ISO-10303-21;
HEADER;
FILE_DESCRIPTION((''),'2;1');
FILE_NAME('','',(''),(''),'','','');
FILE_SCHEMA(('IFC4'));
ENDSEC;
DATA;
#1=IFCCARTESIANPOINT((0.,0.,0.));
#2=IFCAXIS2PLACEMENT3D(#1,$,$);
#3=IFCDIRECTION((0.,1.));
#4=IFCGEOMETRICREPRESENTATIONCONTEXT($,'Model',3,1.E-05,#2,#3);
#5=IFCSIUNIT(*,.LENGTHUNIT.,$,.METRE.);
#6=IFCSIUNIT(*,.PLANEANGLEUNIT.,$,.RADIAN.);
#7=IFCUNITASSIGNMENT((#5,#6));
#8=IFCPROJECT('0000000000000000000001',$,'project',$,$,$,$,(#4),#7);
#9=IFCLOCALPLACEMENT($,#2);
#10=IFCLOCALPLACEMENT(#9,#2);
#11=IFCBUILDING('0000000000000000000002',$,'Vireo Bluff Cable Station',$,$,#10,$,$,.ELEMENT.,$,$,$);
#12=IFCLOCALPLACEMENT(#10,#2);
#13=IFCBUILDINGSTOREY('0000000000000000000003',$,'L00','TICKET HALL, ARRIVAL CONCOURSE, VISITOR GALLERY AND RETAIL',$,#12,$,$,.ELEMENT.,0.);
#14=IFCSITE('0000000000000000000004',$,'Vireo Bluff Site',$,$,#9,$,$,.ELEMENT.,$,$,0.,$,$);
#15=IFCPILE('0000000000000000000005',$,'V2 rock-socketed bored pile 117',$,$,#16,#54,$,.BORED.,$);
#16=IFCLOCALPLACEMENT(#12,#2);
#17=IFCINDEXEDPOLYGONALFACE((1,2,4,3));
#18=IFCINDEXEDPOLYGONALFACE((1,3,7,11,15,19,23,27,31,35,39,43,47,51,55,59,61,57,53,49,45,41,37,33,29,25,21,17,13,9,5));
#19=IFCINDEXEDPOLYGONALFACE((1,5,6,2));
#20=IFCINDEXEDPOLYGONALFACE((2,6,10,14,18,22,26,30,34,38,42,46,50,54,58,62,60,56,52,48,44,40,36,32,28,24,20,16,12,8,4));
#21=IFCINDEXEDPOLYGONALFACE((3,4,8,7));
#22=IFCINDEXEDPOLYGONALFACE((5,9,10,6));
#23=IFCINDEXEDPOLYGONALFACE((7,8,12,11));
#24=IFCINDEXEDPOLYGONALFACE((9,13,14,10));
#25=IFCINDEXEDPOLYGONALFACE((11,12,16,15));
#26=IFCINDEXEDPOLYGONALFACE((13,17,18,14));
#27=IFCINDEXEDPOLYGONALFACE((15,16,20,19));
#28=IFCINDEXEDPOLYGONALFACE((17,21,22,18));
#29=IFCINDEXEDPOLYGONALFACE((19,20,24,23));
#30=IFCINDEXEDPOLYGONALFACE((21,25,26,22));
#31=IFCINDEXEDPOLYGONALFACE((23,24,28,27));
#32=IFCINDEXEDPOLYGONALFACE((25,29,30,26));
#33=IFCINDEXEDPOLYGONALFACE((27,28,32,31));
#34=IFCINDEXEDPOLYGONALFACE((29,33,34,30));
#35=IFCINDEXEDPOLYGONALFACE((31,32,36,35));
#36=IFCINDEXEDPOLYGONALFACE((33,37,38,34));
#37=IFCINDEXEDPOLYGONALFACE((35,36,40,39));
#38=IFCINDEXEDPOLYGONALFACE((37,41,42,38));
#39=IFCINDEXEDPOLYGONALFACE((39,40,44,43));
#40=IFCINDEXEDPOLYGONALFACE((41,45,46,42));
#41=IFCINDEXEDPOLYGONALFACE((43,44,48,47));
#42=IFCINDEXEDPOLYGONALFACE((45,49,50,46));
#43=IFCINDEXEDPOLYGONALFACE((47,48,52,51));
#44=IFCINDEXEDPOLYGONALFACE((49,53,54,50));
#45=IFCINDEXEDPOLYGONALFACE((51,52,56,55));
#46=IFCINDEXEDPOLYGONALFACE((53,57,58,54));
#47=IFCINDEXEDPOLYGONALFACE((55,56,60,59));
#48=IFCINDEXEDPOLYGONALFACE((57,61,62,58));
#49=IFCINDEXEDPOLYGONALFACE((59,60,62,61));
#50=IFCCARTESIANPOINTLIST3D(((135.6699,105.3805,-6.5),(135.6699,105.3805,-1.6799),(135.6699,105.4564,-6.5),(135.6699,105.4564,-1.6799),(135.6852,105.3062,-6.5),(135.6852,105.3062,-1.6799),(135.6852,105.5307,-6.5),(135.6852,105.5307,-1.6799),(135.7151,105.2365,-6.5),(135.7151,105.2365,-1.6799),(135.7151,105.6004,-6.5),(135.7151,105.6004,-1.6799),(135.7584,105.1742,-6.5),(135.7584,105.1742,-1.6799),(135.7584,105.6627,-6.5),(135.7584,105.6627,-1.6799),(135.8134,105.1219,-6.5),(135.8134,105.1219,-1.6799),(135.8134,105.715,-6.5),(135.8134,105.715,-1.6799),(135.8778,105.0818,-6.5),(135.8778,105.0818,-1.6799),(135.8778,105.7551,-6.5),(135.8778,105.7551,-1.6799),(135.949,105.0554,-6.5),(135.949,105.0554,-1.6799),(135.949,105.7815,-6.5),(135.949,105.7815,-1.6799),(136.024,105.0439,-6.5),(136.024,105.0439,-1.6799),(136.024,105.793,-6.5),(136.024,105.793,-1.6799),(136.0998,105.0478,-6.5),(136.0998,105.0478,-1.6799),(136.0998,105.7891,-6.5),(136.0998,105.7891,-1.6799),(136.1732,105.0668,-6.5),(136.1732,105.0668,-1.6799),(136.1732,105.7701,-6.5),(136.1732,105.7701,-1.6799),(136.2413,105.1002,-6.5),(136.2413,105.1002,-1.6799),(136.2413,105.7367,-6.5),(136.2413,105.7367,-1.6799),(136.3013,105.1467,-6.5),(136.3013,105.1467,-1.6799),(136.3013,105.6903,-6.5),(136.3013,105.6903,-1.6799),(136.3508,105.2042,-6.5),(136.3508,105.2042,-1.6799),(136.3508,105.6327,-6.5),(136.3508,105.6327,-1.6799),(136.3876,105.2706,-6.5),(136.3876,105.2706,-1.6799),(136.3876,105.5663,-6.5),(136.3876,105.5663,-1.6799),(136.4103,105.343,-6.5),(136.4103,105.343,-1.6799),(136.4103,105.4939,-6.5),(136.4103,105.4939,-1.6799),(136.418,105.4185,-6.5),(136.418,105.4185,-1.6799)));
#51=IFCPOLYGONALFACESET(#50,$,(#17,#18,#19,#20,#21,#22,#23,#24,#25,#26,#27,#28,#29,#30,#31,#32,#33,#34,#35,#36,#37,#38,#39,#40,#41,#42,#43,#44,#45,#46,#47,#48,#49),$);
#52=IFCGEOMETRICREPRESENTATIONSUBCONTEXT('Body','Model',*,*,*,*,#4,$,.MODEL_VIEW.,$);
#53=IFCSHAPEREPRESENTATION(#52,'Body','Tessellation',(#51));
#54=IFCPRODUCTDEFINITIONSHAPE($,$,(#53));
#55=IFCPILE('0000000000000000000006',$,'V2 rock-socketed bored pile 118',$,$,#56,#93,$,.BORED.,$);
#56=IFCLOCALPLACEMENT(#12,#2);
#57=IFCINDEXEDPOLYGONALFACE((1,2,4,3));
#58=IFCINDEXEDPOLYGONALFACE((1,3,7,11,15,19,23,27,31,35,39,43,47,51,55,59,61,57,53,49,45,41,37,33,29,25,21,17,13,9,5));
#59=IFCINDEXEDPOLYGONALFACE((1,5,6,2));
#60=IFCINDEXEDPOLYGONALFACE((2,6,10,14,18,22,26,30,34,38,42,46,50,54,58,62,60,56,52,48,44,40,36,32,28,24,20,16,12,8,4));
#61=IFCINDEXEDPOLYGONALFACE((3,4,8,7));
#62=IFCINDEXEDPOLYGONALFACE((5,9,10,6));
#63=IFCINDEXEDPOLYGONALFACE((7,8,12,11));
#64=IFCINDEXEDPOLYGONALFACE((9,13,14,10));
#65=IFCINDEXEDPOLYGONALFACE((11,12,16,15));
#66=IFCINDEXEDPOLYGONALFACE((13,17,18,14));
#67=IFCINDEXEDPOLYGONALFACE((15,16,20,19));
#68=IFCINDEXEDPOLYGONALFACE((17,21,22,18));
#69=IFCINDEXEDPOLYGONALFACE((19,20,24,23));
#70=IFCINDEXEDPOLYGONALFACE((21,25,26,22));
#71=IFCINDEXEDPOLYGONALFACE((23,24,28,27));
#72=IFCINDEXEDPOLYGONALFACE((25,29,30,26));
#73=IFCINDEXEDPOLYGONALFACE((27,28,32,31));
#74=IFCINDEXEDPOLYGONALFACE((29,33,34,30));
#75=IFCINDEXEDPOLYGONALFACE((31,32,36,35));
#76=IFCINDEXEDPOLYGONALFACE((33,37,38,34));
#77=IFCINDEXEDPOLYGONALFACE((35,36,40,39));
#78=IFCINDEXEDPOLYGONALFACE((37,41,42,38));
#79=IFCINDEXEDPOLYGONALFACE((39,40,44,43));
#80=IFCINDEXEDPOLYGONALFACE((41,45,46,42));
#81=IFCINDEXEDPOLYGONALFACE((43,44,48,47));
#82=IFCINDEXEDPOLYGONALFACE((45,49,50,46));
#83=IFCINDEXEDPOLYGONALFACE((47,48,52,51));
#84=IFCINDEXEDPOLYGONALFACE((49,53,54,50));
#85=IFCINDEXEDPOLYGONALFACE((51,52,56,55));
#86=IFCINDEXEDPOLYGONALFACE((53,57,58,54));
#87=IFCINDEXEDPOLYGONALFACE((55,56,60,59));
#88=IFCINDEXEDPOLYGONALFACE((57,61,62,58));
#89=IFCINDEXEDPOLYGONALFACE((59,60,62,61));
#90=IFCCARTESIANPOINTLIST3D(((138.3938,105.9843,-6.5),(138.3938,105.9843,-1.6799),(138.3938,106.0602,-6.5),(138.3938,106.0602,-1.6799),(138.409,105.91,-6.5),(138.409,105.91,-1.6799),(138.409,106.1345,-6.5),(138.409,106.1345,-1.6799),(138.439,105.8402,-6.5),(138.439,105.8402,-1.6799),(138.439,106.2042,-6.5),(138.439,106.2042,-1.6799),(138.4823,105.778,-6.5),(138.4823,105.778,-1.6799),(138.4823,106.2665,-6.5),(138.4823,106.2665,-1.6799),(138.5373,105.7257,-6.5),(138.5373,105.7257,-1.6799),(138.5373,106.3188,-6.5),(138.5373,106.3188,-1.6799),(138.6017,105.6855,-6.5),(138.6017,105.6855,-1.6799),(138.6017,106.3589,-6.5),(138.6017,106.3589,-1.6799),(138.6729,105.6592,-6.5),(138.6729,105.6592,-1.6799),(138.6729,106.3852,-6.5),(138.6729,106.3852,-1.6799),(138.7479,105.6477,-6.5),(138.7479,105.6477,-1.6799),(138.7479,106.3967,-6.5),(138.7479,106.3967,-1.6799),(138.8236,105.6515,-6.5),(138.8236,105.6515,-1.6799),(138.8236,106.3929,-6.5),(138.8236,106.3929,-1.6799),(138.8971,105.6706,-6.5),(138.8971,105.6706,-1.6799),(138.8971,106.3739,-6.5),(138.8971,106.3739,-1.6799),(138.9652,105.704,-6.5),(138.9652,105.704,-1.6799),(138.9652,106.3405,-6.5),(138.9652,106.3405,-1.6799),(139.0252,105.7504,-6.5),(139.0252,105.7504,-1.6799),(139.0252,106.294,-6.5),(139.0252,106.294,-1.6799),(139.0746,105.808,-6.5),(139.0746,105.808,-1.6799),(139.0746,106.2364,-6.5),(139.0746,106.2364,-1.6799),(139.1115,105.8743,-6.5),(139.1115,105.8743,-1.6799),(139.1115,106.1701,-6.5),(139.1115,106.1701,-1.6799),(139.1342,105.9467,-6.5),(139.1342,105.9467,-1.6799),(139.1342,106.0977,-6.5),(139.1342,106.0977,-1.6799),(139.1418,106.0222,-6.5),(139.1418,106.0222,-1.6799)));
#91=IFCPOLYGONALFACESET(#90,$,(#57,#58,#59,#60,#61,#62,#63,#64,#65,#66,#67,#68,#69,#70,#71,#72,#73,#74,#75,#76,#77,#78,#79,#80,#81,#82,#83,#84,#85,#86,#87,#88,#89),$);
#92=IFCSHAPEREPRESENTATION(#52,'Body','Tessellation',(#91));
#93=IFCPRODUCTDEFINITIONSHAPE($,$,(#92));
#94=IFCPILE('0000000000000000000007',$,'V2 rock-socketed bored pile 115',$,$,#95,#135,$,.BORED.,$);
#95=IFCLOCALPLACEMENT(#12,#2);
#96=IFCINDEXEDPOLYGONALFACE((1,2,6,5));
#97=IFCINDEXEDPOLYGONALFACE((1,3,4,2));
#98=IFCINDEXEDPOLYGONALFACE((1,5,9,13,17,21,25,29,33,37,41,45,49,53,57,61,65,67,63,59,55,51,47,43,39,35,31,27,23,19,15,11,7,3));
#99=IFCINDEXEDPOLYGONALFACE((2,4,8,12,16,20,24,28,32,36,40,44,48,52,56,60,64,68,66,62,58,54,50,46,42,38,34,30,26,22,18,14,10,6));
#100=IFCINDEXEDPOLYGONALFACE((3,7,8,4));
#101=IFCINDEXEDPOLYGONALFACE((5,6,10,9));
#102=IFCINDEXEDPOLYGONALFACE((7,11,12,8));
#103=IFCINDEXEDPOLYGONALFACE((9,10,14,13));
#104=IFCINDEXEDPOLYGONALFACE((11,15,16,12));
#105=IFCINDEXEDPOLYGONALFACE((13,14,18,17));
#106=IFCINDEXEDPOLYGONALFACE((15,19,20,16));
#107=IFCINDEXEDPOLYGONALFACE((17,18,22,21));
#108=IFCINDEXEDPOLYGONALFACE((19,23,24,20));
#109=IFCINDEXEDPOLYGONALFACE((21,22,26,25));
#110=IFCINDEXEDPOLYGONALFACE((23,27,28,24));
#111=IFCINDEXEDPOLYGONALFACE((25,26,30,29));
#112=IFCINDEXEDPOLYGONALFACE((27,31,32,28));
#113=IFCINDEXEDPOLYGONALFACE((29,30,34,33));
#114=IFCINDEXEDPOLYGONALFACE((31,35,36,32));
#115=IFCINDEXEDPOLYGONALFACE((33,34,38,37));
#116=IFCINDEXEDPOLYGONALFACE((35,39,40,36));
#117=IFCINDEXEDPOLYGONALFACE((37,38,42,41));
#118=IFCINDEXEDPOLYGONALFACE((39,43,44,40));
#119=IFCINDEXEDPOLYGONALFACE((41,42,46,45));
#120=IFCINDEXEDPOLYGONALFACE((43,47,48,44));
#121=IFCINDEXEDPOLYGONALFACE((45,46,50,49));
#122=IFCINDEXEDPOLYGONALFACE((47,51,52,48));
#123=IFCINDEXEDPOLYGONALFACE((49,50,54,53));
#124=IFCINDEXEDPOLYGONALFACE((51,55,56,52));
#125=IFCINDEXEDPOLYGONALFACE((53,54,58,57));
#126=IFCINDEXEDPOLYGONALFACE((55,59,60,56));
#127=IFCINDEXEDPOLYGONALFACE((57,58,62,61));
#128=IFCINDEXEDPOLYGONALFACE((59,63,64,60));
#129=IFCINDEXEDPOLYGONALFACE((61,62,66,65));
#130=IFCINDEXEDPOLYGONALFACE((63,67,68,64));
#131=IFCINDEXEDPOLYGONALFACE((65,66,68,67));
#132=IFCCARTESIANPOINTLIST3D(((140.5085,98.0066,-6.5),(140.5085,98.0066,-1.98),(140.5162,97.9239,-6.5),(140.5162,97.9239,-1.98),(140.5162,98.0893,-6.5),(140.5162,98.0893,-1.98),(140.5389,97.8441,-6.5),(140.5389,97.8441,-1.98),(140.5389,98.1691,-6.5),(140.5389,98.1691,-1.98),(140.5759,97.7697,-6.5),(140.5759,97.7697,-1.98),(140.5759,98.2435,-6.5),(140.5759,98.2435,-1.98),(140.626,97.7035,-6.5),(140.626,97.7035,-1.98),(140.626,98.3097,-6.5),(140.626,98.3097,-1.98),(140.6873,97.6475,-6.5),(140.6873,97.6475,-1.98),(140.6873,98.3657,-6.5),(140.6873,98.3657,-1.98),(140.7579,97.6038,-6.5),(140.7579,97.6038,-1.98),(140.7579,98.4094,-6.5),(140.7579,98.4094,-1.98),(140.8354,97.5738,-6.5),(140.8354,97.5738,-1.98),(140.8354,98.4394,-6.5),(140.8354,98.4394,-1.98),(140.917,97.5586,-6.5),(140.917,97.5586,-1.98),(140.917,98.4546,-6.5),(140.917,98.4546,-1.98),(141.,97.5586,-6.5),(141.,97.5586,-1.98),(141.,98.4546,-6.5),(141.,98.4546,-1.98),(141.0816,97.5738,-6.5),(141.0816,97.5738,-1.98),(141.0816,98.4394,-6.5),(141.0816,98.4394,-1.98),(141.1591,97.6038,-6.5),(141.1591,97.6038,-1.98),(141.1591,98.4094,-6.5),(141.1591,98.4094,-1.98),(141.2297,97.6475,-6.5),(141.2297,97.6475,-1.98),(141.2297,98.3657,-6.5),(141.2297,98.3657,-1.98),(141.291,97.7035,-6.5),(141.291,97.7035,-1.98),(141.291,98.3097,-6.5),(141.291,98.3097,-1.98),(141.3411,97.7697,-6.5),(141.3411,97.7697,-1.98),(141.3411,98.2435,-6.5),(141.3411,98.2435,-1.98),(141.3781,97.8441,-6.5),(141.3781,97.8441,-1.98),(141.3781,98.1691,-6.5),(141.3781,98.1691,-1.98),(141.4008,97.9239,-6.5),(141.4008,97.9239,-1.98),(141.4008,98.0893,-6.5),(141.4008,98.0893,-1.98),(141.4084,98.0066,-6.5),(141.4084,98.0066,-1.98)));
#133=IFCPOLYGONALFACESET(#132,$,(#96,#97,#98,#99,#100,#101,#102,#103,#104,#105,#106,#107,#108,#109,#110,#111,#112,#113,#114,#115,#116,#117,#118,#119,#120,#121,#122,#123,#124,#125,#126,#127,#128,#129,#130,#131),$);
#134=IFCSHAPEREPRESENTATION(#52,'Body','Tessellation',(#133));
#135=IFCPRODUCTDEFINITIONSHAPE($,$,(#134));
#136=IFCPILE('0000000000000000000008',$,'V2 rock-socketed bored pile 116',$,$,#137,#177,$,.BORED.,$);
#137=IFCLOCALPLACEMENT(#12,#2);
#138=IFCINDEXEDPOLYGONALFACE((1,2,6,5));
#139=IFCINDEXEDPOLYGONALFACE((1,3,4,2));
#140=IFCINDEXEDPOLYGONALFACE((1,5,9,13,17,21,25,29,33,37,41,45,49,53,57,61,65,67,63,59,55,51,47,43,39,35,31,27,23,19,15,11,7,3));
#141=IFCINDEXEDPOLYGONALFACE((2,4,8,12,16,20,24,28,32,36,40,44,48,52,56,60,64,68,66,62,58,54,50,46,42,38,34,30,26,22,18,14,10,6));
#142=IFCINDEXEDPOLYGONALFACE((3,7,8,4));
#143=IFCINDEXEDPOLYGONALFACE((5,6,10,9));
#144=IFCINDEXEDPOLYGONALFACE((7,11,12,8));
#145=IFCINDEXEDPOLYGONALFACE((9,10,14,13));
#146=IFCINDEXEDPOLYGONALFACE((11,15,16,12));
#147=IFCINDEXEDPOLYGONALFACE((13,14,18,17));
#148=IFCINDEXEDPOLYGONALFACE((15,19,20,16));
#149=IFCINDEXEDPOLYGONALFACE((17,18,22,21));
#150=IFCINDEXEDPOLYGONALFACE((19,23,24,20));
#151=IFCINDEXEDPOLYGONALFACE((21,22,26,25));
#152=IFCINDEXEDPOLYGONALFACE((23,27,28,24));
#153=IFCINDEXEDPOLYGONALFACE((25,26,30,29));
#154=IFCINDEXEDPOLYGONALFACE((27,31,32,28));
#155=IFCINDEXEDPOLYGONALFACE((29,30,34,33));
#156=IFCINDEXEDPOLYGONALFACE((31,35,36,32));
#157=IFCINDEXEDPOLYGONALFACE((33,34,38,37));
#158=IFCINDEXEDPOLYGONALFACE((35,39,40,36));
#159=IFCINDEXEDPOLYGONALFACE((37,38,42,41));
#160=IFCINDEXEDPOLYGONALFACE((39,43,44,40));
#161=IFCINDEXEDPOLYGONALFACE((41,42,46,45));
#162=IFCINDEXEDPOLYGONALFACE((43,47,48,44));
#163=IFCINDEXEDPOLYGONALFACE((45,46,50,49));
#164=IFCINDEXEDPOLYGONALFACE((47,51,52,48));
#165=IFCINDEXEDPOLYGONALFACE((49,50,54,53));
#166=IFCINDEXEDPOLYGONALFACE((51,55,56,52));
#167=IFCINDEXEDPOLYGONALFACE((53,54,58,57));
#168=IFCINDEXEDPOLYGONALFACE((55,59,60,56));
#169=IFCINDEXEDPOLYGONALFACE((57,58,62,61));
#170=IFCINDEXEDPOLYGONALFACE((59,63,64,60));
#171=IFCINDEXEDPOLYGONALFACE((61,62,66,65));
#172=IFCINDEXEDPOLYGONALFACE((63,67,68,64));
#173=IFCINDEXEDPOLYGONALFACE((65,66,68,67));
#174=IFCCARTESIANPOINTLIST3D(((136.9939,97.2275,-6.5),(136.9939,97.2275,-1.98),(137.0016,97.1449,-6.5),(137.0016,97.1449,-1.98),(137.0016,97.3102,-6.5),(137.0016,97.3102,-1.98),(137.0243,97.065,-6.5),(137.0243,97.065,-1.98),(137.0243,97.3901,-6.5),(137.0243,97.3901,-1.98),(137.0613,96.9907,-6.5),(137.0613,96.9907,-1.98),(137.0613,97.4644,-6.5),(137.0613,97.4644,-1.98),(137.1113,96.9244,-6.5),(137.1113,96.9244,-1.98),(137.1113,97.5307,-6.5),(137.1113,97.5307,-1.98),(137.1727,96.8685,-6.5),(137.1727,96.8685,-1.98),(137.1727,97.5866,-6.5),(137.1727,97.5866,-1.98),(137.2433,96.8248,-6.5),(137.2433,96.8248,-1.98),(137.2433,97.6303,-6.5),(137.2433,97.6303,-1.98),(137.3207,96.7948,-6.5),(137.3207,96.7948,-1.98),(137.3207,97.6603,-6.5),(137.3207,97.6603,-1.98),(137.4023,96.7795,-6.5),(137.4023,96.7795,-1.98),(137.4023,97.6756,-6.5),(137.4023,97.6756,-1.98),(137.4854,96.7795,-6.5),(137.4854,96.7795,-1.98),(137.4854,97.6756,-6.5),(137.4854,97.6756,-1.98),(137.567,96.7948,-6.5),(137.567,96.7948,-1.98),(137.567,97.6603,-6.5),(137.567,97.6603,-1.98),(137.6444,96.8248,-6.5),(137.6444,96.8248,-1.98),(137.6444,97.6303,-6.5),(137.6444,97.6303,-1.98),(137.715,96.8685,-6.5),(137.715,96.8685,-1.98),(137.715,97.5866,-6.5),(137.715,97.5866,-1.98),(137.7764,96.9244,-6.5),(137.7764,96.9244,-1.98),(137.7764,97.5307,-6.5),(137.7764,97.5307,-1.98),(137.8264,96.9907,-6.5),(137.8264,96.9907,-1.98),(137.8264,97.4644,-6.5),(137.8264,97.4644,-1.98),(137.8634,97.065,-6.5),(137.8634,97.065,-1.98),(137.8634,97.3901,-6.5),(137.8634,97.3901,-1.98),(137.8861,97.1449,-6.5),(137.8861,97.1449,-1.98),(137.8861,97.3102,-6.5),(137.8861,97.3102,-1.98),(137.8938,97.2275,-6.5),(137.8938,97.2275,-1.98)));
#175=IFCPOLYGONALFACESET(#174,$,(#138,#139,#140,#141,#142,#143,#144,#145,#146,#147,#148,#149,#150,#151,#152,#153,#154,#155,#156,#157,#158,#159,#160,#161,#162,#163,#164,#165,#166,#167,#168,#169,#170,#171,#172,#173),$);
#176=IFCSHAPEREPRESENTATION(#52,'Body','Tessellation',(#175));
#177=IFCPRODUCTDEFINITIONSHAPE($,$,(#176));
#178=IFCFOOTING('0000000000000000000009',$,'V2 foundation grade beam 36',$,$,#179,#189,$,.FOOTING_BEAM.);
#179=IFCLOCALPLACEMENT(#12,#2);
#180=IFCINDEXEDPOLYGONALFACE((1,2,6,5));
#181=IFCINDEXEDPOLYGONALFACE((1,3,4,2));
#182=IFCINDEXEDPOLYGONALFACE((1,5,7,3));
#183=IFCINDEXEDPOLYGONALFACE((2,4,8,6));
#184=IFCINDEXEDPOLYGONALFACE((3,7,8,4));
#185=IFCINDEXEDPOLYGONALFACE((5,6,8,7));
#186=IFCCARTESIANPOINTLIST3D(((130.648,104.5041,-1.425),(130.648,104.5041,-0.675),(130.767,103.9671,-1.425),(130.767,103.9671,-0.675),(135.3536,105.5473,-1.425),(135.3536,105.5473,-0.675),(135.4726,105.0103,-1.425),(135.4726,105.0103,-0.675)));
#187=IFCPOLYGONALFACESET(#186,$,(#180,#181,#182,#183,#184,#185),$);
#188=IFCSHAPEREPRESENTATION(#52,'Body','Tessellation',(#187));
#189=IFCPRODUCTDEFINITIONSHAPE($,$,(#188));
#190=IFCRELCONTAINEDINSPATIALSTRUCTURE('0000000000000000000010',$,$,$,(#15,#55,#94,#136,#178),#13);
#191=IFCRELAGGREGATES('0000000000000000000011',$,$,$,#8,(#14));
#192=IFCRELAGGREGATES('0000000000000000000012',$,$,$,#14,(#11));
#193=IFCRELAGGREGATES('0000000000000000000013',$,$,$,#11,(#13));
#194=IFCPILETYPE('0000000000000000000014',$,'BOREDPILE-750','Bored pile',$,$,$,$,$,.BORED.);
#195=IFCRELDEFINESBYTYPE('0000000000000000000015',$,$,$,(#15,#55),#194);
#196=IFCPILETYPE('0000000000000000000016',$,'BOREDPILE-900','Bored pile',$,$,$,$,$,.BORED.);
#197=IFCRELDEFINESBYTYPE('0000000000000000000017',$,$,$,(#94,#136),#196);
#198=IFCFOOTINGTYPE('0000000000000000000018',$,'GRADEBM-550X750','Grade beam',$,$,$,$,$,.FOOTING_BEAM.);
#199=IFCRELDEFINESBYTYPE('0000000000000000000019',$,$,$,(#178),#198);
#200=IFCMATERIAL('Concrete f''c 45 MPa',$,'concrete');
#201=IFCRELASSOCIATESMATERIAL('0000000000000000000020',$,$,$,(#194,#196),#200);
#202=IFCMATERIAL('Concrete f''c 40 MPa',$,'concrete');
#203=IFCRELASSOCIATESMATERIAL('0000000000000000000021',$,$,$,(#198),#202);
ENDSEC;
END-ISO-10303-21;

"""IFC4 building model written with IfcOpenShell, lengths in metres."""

from ifc_helpers import new_model, si_unit, direction, frame, origin, origin_2d, place, context, subcontext, project, spatial, rectangle, circle, extrude, material, material_profile, profile_set, type_object, element, save


model = new_model("IFC4")

# Units and contexts
model_context = context("Model", 3, precision=1e-05, world=origin(), true_north=direction((0.0, 1.0)))
body_context = subcontext(model_context, "Body", "Model", "MODEL_VIEW")
ifc_project = project(units=[si_unit("LENGTHUNIT", "METRE"), si_unit("PLANEANGLEUNIT", "RADIAN")], contexts=[model_context])

# Site, building, storey
site_placement = place(None, origin())
site = spatial("IfcSite", under=ifc_project, at=site_placement, Name="Vireo Bluff Site", CompositionType="ELEMENT", RefElevation=0.0)
building_placement = place(site_placement, origin())
building = spatial("IfcBuilding", under=site, at=building_placement, Name="Vireo Bluff Cable Station", CompositionType="ELEMENT")
storey_placement = place(building_placement, origin())
storey = spatial("IfcBuildingStorey", under=building, at=storey_placement, Name="L00", Description="TICKET HALL, ARRIVAL CONCOURSE, VISITOR GALLERY AND RETAIL", CompositionType="ELEMENT", Elevation=0.0)

# Piles
ifc_material_1 = material(Name="Concrete f'c 45 MPa", Category="concrete")
ifc_material_profile_1 = material_profile(ifc_material_1, circle(Radius=0.375, at=origin_2d()), Name="BOREDPILE-750")
ifc_profile_set_1 = profile_set([ifc_material_profile_1], Name="Concrete f'c 45 MPa")
pile_type_1 = type_object("IfcPileType", Name="BOREDPILE-750", Description="Bored pile", PredefinedType="BORED", material=ifc_profile_set_1)
for number, where, z_axis, x_axis, name in (
    (1, (136.043, 105.4185, -1.6799), (0.0, 0.0, -1.0), (1.0, 0.0, 0.0), "V2 rock-socketed bored pile 117"),
    (2, (138.7668, 106.0222, -1.6799), (0.0, 0.0, -1.0), (1.0, 0.0, 0.0), "V2 rock-socketed bored pile 118"),
):
    element("IfcPile", number, at=place(storey_placement, frame(where, z_axis=z_axis, x_axis=x_axis)), inside=storey, type_object=pile_type_1, Name=name, PredefinedType="BORED", context=body_context, shape_type="SweptSolid", body=[
        extrude(circle(Radius=0.375, at=origin_2d()), origin(), (0.0, 0.0, 1.0), 4.8201),
    ])
ifc_material_profile_2 = material_profile(ifc_material_1, circle(Radius=0.45, at=origin_2d()), Name="BOREDPILE-900")
ifc_profile_set_2 = profile_set([ifc_material_profile_2], Name="Concrete f'c 45 MPa")
pile_type_2 = type_object("IfcPileType", Name="BOREDPILE-900", Description="Bored pile", PredefinedType="BORED", material=ifc_profile_set_2)
for number, where, z_axis, x_axis, name in (
    (3, (140.9585, 98.0066, -1.98), (0.0, 0.0, -1.0), (1.0, 0.0, 0.0), "V2 rock-socketed bored pile 115"),
    (4, (137.4438, 97.2275, -1.98), (0.0, 0.0, -1.0), (1.0, 0.0, 0.0), "V2 rock-socketed bored pile 116"),
):
    element("IfcPile", number, at=place(storey_placement, frame(where, z_axis=z_axis, x_axis=x_axis)), inside=storey, type_object=pile_type_2, Name=name, PredefinedType="BORED", context=body_context, shape_type="SweptSolid", body=[
        extrude(circle(Radius=0.45, at=origin_2d()), origin(), (0.0, 0.0, 1.0), 4.52),
    ])

# Footing
ifc_material_2 = material(Name="Concrete f'c 40 MPa", Category="concrete")
ifc_material_profile_3 = material_profile(ifc_material_2, rectangle(XDim=0.55, YDim=0.75, at=origin_2d()), Name="GRADEBM-550X750")
ifc_profile_set_3 = profile_set([ifc_material_profile_3], Name="Concrete f'c 40 MPa")
footing_type_1 = type_object("IfcFootingType", Name="GRADEBM-550X750", Description="Grade beam", PredefinedType="FOOTING_BEAM", material=ifc_profile_set_3)
footing_1_placement = place(storey_placement, frame((130.7075, 104.2356, -1.05), z_axis=(0.976295, 0.216442, 0.0), x_axis=(-0.216442, 0.976295, 0.0)))
element("IfcFooting", 5, at=footing_1_placement, inside=storey, type_object=footing_type_1, Name="V2 foundation grade beam 36", PredefinedType="FOOTING_BEAM", context=body_context, shape_type="SweptSolid", body=[
    extrude(rectangle(XDim=0.55, YDim=0.75, at=origin_2d()), origin(), (0.0, 0.0, 1.0), 4.8198),
])

save(model, "model.ifc")
